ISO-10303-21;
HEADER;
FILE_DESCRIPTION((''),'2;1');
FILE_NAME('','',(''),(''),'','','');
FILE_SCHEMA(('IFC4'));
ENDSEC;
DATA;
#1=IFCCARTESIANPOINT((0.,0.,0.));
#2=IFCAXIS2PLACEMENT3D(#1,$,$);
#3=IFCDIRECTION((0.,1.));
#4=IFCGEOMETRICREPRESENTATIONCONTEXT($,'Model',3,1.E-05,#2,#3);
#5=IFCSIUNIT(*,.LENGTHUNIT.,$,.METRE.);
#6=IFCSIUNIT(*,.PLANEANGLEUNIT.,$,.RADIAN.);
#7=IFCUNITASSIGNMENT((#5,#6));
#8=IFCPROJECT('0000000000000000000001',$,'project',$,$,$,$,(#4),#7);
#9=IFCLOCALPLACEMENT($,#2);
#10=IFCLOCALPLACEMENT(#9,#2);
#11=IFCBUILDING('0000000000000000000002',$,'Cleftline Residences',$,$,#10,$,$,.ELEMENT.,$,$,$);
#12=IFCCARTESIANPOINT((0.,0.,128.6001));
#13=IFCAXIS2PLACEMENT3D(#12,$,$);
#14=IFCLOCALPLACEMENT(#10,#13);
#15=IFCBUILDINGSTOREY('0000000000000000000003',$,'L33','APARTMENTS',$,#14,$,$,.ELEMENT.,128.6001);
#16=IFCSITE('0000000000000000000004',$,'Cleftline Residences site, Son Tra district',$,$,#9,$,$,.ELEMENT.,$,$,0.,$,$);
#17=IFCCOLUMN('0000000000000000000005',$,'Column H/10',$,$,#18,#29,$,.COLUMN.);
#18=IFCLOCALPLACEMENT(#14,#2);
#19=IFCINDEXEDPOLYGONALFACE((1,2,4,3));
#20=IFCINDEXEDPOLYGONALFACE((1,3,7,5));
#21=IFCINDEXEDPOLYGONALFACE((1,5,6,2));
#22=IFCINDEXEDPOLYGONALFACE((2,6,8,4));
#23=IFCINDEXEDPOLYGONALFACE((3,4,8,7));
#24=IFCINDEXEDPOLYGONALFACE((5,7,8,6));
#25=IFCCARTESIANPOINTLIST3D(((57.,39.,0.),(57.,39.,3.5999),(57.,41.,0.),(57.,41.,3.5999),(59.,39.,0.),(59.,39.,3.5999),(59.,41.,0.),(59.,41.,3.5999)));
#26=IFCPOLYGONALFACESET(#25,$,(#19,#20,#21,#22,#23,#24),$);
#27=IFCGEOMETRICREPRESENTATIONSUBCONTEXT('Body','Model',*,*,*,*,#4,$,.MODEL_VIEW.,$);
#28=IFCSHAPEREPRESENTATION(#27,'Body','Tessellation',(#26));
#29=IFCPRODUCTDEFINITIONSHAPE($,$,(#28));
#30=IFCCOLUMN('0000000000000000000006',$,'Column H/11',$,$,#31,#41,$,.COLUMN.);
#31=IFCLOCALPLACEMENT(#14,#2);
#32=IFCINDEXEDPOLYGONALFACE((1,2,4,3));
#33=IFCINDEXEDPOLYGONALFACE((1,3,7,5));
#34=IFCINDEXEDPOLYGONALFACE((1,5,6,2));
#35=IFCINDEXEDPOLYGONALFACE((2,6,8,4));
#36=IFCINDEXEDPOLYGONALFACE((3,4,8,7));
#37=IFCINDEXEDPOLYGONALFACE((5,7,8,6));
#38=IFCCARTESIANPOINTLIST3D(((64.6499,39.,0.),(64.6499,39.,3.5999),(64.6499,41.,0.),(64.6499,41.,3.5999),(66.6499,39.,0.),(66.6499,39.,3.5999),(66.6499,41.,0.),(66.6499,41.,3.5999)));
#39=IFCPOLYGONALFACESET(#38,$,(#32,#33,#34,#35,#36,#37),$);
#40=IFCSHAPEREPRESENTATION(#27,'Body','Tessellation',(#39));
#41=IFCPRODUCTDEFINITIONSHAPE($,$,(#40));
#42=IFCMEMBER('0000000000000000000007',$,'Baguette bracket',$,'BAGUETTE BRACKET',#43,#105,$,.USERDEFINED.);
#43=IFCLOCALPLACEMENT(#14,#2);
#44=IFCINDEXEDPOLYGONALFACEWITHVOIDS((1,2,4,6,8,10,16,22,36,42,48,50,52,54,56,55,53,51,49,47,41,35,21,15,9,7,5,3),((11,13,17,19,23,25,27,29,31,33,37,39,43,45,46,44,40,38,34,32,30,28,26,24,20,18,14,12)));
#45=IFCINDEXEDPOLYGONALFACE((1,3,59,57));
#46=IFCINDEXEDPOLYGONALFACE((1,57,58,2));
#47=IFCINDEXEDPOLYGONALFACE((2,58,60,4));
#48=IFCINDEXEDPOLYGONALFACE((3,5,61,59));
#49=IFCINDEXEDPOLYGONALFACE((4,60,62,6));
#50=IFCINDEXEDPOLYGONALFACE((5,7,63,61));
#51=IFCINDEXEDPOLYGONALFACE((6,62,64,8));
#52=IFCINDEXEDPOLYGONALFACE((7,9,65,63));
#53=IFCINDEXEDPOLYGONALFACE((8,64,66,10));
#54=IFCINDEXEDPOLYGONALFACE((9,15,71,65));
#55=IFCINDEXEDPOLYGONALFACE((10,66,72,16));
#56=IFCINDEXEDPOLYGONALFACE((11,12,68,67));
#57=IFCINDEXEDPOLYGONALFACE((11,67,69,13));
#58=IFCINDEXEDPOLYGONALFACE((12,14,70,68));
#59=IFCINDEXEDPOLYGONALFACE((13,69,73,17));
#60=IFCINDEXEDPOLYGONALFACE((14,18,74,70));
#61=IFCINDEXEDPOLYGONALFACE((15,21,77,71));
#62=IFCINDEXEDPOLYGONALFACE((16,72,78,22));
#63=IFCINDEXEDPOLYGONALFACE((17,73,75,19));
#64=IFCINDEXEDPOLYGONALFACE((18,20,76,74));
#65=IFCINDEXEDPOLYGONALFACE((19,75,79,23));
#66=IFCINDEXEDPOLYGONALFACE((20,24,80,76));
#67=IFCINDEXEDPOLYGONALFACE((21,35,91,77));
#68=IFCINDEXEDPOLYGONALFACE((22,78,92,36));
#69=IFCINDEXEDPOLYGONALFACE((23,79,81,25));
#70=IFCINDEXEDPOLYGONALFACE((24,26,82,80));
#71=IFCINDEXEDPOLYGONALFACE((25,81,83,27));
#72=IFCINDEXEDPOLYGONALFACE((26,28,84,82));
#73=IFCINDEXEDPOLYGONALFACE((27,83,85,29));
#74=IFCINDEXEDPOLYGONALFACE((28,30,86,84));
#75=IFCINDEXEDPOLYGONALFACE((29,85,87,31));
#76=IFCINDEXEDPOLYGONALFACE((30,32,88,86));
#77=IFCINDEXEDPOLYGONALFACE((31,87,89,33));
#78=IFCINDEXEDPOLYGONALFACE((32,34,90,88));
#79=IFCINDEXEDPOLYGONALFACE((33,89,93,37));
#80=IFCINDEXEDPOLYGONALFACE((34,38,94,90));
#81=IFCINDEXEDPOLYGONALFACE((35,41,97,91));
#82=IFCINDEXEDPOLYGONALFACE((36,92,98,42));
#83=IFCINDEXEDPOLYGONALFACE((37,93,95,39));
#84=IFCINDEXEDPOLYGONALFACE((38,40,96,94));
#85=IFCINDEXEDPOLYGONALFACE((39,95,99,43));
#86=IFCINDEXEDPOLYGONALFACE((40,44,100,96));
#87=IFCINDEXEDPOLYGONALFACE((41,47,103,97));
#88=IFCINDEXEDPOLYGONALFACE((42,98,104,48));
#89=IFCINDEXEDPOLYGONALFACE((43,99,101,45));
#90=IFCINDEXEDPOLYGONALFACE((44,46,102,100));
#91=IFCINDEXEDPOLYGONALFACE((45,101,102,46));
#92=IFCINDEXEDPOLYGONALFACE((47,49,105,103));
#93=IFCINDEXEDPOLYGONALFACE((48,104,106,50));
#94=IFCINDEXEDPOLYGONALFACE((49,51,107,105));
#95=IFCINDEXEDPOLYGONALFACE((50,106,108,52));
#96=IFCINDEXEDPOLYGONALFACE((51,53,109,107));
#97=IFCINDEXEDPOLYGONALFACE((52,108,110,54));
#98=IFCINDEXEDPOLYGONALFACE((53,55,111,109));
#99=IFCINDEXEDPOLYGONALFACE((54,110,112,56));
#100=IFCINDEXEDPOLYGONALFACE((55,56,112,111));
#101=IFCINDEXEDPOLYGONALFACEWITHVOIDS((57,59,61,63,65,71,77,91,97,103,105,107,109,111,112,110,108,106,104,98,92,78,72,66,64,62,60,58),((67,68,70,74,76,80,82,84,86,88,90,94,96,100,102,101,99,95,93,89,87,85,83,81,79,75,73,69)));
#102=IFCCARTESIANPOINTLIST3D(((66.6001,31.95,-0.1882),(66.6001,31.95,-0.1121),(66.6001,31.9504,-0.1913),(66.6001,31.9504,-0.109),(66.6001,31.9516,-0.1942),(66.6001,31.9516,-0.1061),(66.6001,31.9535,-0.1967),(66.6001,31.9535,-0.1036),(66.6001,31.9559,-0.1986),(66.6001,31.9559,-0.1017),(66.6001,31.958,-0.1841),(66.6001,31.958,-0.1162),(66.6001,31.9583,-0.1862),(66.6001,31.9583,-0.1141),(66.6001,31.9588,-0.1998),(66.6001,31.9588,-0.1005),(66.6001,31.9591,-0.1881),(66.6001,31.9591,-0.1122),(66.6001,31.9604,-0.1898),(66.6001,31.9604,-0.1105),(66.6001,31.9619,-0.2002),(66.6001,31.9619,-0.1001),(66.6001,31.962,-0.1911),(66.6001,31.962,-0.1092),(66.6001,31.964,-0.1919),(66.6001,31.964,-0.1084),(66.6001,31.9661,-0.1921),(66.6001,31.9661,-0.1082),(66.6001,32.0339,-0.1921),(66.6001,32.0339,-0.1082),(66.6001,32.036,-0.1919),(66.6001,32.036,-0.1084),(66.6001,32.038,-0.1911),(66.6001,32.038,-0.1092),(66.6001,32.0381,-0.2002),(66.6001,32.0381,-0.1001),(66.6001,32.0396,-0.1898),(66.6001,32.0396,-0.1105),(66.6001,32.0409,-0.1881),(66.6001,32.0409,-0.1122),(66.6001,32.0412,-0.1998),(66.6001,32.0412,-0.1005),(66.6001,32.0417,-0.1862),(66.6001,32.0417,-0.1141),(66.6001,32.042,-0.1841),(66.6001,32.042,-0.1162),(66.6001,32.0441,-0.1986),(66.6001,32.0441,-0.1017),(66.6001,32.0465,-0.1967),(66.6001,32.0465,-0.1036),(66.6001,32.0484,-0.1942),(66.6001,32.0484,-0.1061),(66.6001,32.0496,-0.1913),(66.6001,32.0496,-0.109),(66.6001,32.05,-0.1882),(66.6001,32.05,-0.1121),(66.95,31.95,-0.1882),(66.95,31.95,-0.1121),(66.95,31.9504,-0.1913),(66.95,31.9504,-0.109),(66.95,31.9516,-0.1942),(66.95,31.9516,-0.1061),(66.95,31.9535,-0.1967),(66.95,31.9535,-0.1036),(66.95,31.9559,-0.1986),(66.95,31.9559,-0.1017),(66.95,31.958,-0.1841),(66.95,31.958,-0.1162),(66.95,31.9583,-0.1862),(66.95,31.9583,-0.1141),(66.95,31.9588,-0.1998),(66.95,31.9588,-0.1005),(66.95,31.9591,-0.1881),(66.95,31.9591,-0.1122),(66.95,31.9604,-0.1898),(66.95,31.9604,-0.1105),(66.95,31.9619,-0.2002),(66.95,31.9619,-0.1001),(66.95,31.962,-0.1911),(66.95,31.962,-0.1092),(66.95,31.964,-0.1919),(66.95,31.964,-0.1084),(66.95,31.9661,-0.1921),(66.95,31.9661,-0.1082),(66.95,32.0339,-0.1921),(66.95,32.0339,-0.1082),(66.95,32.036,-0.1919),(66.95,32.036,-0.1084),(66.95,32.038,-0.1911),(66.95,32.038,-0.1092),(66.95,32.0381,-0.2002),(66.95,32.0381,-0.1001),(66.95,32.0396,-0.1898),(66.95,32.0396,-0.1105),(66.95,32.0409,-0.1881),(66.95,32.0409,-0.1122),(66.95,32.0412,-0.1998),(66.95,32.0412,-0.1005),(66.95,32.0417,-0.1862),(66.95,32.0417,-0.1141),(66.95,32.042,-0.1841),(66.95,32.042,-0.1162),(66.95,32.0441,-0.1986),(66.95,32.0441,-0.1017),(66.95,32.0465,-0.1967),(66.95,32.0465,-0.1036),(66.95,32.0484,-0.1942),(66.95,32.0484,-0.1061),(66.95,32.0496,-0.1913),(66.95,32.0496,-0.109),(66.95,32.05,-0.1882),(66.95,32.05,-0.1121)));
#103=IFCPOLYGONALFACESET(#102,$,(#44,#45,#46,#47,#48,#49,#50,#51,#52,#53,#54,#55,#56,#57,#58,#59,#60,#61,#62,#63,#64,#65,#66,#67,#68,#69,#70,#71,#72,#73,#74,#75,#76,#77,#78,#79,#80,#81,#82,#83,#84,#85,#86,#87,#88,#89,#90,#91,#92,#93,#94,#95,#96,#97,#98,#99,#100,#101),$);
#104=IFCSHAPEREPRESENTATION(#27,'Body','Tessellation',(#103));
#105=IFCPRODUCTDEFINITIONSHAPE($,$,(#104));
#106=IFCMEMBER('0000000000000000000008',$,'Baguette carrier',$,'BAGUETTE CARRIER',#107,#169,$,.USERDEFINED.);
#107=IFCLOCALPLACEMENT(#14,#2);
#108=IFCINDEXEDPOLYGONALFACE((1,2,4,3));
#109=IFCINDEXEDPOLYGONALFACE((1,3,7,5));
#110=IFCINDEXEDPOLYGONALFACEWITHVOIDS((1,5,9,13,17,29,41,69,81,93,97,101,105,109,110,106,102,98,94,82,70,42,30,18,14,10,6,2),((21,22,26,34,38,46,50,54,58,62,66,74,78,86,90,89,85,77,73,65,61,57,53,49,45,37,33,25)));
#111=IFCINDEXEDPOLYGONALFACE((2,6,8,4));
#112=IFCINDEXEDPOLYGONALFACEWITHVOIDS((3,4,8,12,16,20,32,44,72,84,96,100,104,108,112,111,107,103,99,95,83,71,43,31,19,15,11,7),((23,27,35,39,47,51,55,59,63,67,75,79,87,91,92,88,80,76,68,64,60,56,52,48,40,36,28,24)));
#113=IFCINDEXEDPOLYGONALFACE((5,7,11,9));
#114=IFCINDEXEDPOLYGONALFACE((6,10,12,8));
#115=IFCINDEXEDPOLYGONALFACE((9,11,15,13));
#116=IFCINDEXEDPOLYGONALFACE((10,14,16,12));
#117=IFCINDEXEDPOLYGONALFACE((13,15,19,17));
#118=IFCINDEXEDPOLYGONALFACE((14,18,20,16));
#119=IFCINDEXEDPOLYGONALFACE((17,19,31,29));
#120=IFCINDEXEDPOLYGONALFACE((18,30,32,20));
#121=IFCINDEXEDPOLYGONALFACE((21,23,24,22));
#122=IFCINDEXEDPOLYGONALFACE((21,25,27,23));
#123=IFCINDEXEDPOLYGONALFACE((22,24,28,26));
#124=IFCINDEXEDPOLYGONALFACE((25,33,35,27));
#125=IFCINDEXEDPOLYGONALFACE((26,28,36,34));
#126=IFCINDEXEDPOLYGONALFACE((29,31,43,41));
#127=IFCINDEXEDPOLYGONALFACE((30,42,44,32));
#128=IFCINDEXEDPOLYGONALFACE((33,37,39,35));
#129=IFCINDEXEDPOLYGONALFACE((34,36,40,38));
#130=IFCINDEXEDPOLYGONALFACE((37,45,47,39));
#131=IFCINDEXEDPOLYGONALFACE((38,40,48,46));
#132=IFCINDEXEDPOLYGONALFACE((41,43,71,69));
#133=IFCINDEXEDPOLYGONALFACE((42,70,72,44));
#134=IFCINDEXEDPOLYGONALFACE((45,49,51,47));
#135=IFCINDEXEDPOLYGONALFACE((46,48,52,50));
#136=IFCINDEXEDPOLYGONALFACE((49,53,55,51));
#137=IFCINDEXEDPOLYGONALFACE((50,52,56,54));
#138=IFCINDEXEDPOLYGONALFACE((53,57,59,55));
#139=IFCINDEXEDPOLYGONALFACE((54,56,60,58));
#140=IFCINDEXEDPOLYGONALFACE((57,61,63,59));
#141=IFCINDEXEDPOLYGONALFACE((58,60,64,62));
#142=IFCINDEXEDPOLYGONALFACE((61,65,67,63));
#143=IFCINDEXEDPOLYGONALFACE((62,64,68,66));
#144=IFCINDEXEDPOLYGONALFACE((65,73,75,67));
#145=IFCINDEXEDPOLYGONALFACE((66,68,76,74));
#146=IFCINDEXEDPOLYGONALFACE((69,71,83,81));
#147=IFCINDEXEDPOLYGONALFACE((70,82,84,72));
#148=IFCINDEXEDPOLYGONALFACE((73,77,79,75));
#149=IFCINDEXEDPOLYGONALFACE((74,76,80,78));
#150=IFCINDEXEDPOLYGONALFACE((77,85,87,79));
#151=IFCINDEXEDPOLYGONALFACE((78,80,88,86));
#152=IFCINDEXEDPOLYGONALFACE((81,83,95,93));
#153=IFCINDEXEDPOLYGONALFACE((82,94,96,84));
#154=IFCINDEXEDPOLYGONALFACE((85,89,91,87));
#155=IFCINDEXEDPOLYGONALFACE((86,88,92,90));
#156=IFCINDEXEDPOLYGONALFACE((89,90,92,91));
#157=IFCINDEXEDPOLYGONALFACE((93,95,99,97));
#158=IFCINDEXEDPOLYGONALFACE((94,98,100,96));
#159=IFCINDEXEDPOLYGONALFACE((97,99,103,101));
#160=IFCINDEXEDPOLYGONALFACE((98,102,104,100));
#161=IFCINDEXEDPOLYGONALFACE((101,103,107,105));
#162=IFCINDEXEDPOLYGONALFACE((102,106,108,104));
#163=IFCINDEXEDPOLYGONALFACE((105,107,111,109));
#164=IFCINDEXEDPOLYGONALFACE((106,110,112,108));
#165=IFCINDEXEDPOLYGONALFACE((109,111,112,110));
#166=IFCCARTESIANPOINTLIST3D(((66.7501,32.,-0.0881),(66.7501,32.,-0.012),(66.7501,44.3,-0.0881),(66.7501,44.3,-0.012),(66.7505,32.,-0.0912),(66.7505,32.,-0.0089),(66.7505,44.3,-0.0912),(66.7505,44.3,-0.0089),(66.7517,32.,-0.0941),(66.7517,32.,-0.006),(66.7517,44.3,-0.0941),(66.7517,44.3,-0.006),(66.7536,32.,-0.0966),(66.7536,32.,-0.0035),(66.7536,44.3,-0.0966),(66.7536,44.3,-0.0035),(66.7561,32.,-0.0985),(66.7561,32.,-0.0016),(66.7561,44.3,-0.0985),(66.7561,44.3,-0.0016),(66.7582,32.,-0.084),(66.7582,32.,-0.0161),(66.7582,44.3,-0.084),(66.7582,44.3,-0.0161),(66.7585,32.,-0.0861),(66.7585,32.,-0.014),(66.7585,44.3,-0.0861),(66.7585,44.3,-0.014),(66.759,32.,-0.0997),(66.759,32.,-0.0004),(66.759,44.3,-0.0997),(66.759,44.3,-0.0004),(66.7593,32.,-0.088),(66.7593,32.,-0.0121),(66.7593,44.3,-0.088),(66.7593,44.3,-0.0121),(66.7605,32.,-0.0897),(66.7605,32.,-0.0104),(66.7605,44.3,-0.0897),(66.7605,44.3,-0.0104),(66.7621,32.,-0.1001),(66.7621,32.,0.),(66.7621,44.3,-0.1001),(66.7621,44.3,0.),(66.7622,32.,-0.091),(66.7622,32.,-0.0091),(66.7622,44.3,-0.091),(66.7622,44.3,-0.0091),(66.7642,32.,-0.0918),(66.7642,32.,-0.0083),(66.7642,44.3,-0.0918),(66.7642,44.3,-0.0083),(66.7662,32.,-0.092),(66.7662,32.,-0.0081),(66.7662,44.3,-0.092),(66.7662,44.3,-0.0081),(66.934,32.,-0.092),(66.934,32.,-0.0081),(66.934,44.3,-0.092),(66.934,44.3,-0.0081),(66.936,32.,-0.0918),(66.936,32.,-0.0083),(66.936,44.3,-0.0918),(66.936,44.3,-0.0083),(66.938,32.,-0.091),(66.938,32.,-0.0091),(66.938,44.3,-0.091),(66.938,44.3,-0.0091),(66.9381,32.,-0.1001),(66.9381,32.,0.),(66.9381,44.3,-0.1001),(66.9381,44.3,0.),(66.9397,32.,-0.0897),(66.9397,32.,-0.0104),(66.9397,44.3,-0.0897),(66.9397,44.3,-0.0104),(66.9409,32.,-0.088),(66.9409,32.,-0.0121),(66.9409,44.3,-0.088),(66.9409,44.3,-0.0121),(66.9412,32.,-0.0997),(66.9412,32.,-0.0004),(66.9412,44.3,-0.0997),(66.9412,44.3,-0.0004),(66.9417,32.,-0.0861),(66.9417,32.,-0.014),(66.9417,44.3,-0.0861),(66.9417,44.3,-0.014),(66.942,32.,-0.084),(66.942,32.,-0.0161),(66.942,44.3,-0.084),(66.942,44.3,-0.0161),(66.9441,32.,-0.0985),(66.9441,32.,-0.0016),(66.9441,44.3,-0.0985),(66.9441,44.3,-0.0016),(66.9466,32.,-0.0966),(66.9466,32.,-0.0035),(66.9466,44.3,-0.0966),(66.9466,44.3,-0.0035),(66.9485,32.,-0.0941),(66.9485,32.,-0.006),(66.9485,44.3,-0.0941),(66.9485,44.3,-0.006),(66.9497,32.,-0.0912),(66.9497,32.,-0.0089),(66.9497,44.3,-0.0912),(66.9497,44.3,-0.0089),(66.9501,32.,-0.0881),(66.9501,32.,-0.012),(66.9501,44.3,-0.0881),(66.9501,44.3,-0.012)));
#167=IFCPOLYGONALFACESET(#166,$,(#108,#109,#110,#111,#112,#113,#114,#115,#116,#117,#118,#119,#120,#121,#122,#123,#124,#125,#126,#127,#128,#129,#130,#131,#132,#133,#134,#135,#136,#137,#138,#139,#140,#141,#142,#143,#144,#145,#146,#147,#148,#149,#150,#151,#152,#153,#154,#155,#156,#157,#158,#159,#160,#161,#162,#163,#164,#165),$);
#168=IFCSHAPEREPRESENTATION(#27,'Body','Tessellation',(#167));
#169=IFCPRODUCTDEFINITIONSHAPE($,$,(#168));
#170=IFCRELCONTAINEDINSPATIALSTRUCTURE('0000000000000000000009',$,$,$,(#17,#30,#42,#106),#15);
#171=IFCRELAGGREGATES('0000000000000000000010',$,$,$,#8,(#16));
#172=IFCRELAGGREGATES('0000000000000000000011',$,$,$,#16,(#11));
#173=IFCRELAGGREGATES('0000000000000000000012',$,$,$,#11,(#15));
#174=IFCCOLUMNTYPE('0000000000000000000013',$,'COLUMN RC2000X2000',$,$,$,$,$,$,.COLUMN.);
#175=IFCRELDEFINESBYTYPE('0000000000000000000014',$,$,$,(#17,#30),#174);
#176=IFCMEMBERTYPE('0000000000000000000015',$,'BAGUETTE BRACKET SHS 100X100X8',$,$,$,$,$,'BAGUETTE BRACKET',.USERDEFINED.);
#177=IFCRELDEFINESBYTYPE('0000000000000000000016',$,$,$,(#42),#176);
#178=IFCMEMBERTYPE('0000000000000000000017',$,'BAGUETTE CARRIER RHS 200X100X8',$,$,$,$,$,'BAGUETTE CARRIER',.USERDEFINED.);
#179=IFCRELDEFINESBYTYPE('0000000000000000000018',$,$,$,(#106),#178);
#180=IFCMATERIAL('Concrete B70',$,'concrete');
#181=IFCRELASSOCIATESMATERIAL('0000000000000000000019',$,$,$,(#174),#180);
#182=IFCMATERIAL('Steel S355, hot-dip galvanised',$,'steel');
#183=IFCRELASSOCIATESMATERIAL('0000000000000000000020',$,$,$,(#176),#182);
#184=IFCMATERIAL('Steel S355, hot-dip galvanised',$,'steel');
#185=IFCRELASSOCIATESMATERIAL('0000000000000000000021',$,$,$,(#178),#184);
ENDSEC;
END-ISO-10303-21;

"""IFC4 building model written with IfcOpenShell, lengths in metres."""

from ifc_helpers import new_model, si_unit, direction, frame, origin, origin_2d, place, context, subcontext, project, spatial, rectangle, hollow_rectangle, extrude, material, material_profile, profile_set, type_object, element, save


model = new_model("IFC4")

# Units and contexts
model_context = context("Model", 3, precision=1e-05, world=origin(), true_north=direction((0.0, 1.0)))
body_context = subcontext(model_context, "Body", "Model", "MODEL_VIEW")
ifc_project = project(units=[si_unit("LENGTHUNIT", "METRE"), si_unit("PLANEANGLEUNIT", "RADIAN")], contexts=[model_context])

# Site, building, storey
site_placement = place(None, origin())
site = spatial("IfcSite", under=ifc_project, at=site_placement, Name="Cleftline Residences site, Son Tra district", CompositionType="ELEMENT", RefElevation=0.0)
building_placement = place(site_placement, origin())
building = spatial("IfcBuilding", under=site, at=building_placement, Name="Cleftline Residences", CompositionType="ELEMENT")
storey_placement = place(building_placement, frame((0.0, 0.0, 128.6001)))
storey = spatial("IfcBuildingStorey", under=building, at=storey_placement, Name="L33", Description="APARTMENTS", CompositionType="ELEMENT", Elevation=128.6001)

# Columns
ifc_material_1 = material(Name="Concrete B70", Category="concrete")
ifc_material_profile_1 = material_profile(ifc_material_1, rectangle(XDim=2.0, YDim=2.0, at=origin_2d()))
ifc_profile_set_1 = profile_set([ifc_material_profile_1], Name="Concrete B70")
column_type = type_object("IfcColumnType", Name="COLUMN RC2000X2000", PredefinedType="COLUMN", material=ifc_profile_set_1)
for number, where, z_axis, x_axis, name in (
    (1, (58.0, 40.0, 0.0), (0.0, 0.0, 1.0), (1.0, 0.0, 0.0), "Column H/10"),
    (2, (65.6499, 40.0, 0.0), (0.0, 0.0, 1.0), (1.0, 0.0, 0.0), "Column H/11"),
):
    element("IfcColumn", number, at=place(storey_placement, frame(where, z_axis=z_axis, x_axis=x_axis)), inside=storey, type_object=column_type, Name=name, PredefinedType="COLUMN", context=body_context, shape_type="SweptSolid", body=[
        extrude(rectangle(XDim=2.0, YDim=2.0, at=origin_2d()), origin(), (0.0, 0.0, 1.0), 3.5999),
    ])

# Members
ifc_material_2 = material(Name="Steel S355, hot-dip galvanised", Category="steel")
ifc_material_profile_2 = material_profile(ifc_material_2, hollow_rectangle(XDim=0.1001, YDim=0.1001, WallThickness=0.0081, InnerFilletRadius=0.0081, OuterFilletRadius=0.012, at=origin_2d()))
ifc_profile_set_2 = profile_set([ifc_material_profile_2], Name="Steel S355, hot-dip galvanised")
member_type_1 = type_object("IfcMemberType", Name="BAGUETTE BRACKET SHS 100X100X8", ElementType="BAGUETTE BRACKET", PredefinedType="USERDEFINED", material=ifc_profile_set_2)
member_1_placement = place(storey_placement, frame((66.6001, 32.0, -0.1501), z_axis=(1.0, 0.0, 0.0), x_axis=(0.0, 1.0, 0.0)))
element("IfcMember", 3, at=member_1_placement, inside=storey, type_object=member_type_1, Name="Baguette bracket", ObjectType="BAGUETTE BRACKET", PredefinedType="USERDEFINED", context=body_context, shape_type="SweptSolid", body=[
    extrude(hollow_rectangle(XDim=0.1001, YDim=0.1001, WallThickness=0.0081, InnerFilletRadius=0.0081, OuterFilletRadius=0.012, at=origin_2d()), origin(), (0.0, 0.0, 1.0), 0.3499),
])
ifc_material_3 = material(Name="Steel S355, hot-dip galvanised", Category="steel")
ifc_material_profile_3 = material_profile(ifc_material_3, hollow_rectangle(XDim=0.1001, YDim=0.2, WallThickness=0.0081, InnerFilletRadius=0.0081, OuterFilletRadius=0.012, at=origin_2d()))
ifc_profile_set_3 = profile_set([ifc_material_profile_3], Name="Steel S355, hot-dip galvanised")
member_type_2 = type_object("IfcMemberType", Name="BAGUETTE CARRIER RHS 200X100X8", ElementType="BAGUETTE CARRIER", PredefinedType="USERDEFINED", material=ifc_profile_set_3)
member_2_placement = place(storey_placement, frame((66.8501, 32.0, -0.05), z_axis=(0.0, 1.0, 0.0), x_axis=(0.0, 0.0, 1.0)))
element("IfcMember", 4, at=member_2_placement, inside=storey, type_object=member_type_2, Name="Baguette carrier", ObjectType="BAGUETTE CARRIER", PredefinedType="USERDEFINED", context=body_context, shape_type="SweptSolid", body=[
    extrude(hollow_rectangle(XDim=0.1001, YDim=0.2, WallThickness=0.0081, InnerFilletRadius=0.0081, OuterFilletRadius=0.012, at=origin_2d()), origin(), (0.0, 0.0, 1.0), 12.3),
])

save(model, "model.ifc")
